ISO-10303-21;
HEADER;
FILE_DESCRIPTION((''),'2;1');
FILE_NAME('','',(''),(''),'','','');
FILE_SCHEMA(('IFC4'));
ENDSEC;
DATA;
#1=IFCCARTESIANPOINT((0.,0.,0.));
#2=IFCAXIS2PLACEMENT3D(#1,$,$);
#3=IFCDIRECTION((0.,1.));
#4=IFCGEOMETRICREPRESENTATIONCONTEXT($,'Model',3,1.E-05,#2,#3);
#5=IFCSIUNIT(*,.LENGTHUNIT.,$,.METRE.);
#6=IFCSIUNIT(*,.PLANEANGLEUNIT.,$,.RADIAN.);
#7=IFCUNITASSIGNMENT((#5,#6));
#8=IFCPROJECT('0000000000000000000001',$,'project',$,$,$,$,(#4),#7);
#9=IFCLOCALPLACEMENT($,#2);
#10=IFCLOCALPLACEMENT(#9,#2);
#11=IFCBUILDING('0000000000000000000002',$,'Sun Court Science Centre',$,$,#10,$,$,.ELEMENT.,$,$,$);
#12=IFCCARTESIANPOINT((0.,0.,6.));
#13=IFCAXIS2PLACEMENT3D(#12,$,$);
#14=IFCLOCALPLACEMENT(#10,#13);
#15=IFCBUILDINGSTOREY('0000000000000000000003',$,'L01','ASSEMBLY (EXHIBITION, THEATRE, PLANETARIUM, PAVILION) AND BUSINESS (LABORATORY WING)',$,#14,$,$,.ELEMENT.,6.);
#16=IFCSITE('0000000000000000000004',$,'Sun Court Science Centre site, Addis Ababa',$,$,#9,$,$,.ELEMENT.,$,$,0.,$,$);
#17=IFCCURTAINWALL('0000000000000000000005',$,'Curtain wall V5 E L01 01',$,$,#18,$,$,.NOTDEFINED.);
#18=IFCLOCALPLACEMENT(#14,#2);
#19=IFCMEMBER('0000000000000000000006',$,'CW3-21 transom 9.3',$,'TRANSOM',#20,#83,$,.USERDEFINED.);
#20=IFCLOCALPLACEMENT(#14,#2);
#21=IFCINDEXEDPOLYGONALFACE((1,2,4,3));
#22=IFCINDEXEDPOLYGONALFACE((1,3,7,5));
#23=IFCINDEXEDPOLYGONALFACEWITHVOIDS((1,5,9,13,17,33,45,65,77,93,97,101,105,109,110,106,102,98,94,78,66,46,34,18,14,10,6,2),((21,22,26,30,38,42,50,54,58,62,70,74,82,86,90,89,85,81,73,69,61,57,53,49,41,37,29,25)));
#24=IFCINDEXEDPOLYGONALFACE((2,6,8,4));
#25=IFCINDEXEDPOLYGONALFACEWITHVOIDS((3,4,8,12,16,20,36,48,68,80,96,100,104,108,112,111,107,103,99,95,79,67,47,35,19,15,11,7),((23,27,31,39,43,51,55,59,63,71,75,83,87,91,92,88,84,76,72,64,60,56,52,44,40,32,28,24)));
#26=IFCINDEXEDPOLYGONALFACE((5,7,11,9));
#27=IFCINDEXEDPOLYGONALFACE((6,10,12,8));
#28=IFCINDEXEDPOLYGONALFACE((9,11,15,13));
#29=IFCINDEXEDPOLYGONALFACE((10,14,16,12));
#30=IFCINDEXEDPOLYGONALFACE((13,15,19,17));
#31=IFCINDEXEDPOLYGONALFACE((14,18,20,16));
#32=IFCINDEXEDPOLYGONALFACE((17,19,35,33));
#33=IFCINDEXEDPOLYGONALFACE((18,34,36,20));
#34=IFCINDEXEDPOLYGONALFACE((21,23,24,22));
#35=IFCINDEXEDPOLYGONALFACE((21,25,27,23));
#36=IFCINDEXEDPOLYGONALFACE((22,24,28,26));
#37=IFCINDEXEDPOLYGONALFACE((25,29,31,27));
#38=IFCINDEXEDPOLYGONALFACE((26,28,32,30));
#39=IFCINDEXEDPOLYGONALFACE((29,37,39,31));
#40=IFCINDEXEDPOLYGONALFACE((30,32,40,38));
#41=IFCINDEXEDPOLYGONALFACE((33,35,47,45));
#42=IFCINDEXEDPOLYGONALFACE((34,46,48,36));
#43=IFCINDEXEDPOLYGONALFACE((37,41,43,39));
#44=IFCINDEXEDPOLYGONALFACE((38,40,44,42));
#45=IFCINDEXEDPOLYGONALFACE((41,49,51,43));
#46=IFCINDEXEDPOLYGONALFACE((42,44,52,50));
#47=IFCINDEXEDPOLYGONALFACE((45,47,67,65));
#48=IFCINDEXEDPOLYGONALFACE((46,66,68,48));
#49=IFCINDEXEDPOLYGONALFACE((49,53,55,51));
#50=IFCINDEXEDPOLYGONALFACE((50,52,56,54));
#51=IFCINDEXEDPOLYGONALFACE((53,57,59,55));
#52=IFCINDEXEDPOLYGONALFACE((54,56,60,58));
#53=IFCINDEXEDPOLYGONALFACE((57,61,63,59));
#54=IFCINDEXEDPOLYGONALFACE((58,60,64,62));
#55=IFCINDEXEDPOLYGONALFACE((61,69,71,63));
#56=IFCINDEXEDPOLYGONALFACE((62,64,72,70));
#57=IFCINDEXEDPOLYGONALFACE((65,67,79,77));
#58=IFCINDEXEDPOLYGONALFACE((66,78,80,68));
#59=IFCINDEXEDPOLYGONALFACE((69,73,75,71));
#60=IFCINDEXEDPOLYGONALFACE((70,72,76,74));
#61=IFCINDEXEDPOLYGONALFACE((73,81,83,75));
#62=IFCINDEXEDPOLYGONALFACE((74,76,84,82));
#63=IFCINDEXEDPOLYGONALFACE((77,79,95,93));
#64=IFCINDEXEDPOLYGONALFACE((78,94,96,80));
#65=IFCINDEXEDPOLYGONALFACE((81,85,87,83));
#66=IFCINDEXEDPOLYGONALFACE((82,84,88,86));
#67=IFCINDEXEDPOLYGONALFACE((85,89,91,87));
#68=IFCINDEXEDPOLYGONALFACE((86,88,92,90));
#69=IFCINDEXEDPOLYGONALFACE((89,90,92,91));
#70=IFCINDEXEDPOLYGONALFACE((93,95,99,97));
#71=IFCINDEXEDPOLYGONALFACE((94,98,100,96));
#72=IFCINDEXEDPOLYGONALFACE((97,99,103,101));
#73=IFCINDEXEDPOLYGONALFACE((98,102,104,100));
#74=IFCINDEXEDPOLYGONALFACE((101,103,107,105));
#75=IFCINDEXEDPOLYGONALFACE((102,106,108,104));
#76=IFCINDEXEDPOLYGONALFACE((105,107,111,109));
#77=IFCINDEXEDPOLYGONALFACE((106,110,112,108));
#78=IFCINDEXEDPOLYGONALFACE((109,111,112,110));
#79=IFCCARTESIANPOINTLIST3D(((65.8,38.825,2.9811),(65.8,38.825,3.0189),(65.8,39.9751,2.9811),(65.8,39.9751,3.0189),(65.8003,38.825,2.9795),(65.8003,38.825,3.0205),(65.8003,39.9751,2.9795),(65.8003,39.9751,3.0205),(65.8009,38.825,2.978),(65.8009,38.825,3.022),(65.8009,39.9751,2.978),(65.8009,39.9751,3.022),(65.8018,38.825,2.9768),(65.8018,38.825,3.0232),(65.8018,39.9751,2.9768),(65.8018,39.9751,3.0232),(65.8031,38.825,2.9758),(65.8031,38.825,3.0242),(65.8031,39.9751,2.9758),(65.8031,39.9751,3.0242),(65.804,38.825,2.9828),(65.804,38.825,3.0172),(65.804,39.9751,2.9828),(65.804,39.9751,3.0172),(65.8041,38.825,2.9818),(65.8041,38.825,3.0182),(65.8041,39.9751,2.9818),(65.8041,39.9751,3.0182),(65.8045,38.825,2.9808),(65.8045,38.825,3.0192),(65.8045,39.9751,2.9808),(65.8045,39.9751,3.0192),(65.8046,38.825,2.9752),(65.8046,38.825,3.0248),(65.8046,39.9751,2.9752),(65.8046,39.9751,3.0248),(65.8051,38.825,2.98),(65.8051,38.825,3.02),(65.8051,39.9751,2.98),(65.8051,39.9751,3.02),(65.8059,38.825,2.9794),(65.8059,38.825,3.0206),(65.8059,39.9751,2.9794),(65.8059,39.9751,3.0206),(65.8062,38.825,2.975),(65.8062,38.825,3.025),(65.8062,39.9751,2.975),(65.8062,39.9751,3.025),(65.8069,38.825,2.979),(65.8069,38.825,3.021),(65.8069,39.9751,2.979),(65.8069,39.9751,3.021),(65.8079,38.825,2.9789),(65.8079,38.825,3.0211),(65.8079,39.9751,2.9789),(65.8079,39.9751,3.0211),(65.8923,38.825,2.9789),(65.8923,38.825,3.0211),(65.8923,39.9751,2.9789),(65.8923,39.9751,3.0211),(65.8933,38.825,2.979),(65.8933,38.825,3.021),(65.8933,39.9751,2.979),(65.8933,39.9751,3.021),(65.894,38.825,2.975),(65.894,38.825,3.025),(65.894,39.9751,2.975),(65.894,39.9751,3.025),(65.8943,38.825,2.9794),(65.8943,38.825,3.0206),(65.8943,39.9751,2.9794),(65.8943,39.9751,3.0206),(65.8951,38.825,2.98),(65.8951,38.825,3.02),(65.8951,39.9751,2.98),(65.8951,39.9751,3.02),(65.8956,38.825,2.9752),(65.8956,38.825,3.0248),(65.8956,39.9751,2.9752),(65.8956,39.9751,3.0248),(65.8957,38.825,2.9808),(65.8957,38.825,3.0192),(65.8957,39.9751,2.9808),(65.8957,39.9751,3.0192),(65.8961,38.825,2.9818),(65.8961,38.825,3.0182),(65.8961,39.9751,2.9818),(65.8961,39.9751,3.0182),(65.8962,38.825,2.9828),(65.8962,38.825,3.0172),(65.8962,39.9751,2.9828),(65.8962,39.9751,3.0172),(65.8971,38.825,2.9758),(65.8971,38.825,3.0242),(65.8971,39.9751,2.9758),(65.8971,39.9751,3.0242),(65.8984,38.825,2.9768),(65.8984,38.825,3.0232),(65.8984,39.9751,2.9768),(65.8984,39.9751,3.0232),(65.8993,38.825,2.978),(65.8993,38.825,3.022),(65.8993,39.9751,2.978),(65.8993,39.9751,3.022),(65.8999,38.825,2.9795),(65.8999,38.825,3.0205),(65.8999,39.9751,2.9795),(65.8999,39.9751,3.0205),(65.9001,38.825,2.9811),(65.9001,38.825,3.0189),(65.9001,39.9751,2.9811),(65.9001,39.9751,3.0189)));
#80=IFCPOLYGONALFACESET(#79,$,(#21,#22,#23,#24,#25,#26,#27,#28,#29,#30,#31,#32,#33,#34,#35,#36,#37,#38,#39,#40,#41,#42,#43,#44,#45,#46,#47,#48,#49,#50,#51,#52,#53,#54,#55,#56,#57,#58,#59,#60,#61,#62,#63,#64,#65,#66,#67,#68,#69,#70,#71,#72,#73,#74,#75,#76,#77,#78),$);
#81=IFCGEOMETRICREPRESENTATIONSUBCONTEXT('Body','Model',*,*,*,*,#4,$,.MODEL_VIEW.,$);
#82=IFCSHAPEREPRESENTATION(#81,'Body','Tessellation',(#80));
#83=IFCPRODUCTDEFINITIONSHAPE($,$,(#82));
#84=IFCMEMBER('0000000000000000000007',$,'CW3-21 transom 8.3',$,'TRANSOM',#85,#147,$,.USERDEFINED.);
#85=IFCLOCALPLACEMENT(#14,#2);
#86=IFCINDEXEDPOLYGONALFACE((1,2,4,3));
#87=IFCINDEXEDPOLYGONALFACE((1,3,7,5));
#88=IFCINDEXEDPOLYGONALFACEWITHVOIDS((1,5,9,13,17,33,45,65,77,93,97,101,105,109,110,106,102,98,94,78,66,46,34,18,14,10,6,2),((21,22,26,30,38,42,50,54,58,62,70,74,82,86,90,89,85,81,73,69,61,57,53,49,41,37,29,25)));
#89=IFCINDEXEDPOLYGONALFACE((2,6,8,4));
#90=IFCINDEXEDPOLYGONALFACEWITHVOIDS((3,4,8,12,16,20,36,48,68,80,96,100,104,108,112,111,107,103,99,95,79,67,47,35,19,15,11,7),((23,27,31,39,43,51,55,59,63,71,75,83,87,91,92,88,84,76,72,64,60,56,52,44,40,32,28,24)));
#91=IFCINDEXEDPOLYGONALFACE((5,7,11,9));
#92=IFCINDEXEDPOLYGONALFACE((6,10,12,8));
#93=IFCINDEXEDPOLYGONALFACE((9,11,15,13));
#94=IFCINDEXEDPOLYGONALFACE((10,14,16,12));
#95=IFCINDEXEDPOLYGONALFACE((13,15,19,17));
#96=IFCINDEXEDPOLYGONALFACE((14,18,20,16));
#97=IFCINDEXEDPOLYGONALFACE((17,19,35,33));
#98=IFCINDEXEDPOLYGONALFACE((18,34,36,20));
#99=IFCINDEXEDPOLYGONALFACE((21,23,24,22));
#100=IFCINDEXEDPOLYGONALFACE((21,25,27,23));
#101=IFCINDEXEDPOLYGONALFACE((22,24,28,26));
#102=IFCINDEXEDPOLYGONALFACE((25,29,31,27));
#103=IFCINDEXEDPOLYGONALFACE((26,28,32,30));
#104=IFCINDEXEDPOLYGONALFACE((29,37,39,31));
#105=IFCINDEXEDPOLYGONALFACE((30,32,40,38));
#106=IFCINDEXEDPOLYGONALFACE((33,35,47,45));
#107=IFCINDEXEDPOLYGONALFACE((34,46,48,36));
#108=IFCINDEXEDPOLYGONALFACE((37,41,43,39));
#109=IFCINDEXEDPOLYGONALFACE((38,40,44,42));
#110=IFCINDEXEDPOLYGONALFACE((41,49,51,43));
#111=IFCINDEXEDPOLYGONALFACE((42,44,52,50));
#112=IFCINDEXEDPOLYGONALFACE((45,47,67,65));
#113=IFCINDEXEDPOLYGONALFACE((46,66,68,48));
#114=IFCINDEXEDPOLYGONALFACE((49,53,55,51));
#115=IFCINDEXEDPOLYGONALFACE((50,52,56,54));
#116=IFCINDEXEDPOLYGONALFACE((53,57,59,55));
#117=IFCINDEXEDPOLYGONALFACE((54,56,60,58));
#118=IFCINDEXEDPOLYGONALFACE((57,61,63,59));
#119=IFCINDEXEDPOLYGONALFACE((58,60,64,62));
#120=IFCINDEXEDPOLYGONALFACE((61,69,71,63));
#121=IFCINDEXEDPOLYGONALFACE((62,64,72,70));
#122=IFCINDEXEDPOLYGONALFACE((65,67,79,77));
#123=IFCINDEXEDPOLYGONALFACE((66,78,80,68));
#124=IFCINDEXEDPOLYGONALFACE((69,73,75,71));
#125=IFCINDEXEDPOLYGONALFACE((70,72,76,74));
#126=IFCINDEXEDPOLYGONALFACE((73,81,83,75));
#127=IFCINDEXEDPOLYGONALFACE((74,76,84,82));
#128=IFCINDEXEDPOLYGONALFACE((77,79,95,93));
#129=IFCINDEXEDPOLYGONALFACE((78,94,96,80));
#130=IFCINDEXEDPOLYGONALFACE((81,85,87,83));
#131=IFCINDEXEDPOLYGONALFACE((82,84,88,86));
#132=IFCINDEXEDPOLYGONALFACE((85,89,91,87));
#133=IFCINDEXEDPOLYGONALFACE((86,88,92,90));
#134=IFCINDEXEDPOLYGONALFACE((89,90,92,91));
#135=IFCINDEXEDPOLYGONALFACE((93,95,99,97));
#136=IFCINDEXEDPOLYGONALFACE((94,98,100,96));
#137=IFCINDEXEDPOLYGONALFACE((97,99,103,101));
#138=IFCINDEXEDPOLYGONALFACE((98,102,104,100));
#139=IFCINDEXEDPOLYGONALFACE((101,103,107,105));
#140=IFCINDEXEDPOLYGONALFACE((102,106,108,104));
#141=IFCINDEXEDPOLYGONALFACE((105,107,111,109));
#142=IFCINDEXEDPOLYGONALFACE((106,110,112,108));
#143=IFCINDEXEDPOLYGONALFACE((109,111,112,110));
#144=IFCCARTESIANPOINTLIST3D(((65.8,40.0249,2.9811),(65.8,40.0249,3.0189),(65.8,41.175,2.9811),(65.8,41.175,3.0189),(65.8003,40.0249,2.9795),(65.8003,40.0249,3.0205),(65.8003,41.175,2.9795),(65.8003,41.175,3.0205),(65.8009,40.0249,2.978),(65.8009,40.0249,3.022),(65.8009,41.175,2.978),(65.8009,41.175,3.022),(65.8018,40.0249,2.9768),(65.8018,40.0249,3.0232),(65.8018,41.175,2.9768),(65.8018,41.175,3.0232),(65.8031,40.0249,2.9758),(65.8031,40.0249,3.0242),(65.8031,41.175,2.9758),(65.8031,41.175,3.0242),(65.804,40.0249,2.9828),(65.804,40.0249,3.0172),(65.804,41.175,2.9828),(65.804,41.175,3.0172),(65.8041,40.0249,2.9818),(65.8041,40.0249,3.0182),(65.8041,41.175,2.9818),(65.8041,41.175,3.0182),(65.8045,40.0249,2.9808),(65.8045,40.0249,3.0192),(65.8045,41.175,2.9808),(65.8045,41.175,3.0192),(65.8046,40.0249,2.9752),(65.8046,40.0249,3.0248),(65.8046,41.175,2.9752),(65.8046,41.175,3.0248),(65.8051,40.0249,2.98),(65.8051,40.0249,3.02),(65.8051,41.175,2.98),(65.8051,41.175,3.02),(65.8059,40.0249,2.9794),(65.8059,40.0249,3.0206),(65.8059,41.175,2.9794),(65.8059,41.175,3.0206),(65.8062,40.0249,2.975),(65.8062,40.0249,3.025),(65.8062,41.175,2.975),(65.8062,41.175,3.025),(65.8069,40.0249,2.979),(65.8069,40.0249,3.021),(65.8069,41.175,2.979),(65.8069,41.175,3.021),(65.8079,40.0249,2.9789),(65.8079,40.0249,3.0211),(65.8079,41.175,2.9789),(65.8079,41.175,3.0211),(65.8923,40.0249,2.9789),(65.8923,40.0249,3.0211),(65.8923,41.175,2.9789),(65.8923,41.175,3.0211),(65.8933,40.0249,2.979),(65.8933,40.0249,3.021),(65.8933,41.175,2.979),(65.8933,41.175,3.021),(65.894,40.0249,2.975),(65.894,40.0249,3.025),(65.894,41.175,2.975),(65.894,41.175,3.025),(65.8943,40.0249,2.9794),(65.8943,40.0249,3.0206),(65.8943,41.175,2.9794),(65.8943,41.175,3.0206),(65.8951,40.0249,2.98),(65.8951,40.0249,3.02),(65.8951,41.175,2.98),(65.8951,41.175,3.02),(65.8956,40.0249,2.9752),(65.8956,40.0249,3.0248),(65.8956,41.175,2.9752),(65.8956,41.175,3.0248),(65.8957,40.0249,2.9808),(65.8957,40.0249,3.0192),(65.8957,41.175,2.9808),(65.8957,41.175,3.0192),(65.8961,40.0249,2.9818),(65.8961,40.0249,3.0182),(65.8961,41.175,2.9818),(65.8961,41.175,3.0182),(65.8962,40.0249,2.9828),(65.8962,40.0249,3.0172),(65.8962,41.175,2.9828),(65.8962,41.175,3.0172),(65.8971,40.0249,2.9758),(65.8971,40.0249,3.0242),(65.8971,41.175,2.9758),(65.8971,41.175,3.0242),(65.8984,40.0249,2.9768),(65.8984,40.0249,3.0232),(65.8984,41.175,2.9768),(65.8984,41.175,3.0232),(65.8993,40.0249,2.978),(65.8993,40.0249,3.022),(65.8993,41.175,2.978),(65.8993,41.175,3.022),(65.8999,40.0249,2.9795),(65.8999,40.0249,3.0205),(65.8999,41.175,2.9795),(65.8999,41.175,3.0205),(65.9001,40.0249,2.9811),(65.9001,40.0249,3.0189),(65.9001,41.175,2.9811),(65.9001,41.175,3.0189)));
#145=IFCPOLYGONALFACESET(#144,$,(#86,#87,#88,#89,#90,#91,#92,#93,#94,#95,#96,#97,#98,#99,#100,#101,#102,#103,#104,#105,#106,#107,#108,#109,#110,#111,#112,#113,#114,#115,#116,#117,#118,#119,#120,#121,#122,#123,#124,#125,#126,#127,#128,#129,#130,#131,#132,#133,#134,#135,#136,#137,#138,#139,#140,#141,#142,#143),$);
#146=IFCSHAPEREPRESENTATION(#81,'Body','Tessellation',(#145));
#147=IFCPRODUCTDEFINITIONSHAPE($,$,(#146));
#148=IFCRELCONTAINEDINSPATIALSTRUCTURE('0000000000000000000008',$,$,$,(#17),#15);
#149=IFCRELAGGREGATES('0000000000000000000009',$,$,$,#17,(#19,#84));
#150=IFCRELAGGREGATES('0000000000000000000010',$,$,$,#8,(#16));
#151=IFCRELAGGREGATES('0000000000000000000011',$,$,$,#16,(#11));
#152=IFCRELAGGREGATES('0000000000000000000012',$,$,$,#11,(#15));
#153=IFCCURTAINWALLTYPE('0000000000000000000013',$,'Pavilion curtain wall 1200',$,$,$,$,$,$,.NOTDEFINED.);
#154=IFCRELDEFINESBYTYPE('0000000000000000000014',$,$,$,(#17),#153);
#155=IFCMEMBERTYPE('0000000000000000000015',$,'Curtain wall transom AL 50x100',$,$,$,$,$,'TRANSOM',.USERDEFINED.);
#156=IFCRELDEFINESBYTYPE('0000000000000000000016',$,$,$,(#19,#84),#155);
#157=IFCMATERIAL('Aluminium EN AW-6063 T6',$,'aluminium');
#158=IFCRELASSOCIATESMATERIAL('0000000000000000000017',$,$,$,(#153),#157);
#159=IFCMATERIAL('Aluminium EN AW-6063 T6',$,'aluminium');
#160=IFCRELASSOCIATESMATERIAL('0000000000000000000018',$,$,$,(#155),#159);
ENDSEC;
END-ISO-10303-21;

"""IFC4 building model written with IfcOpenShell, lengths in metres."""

from ifc_helpers import new_model, si_unit, direction, frame, origin, origin_2d, place, context, subcontext, project, spatial, hollow_rectangle, extrude, material, material_profile, profile_set, type_object, element, aggregate, save


model = new_model("IFC4")

# Units and contexts
model_context = context("Model", 3, precision=1e-05, world=origin(), true_north=direction((0.0, 1.0)))
body_context = subcontext(model_context, "Body", "Model", "MODEL_VIEW")
ifc_project = project(units=[si_unit("LENGTHUNIT", "METRE"), si_unit("PLANEANGLEUNIT", "RADIAN")], contexts=[model_context])

# Site, building, storey
site_placement = place(None, origin())
site = spatial("IfcSite", under=ifc_project, at=site_placement, Name="Sun Court Science Centre site, Addis Ababa", CompositionType="ELEMENT", RefElevation=0.0)
building_placement = place(site_placement, origin())
building = spatial("IfcBuilding", under=site, at=building_placement, Name="Sun Court Science Centre", CompositionType="ELEMENT")
storey_placement = place(building_placement, frame((0.0, 0.0, 6.0)))
storey = spatial("IfcBuildingStorey", under=building, at=storey_placement, Name="L01", Description="ASSEMBLY (EXHIBITION, THEATRE, PLANETARIUM, PAVILION) AND BUSINESS (LABORATORY WING)", CompositionType="ELEMENT", Elevation=6.0)

# Curtain wall, members
ifc_material_1 = material(Name="Aluminium EN AW-6063 T6", Category="aluminium")
curtain_wall_type_1 = type_object("IfcCurtainWallType", Name="Pavilion curtain wall 1200", PredefinedType="NOTDEFINED", material=ifc_material_1)
curtain_wall_1_placement = place(storey_placement, origin())
curtain_wall_1 = element("IfcCurtainWall", 1, at=curtain_wall_1_placement, inside=storey, type_object=curtain_wall_type_1, Name="Curtain wall V5 E L01 01", PredefinedType="NOTDEFINED")
ifc_material_2 = material(Name="Aluminium EN AW-6063 T6", Category="aluminium")
ifc_material_profile_1 = material_profile(ifc_material_2, hollow_rectangle(XDim=0.05, YDim=0.1001, WallThickness=0.0039, InnerFilletRadius=0.0039, OuterFilletRadius=0.0061, at=origin_2d()), Name="AL 50x100x4")
ifc_profile_set_1 = profile_set([ifc_material_profile_1], Name="Aluminium EN AW-6063 T6")
member_type_1 = type_object("IfcMemberType", Name="Curtain wall transom AL 50x100", ElementType="TRANSOM", PredefinedType="USERDEFINED", material=ifc_profile_set_1)
member_1_placement = place(storey_placement, frame((65.8501, 39.9751, 3.0), z_axis=(0.0, -1.0, 0.0), x_axis=(0.0, 0.0, 1.0)))
member_1 = element("IfcMember", 2, at=member_1_placement, type_object=member_type_1, Name="CW3-21 transom 9.3", ObjectType="TRANSOM", PredefinedType="USERDEFINED", context=body_context, shape_type="SweptSolid", body=[
    extrude(hollow_rectangle(XDim=0.05, YDim=0.1001, WallThickness=0.0039, InnerFilletRadius=0.0039, OuterFilletRadius=0.0061, at=origin_2d()), origin(), (0.0, 0.0, 1.0), 1.1501),
])
member_2_placement = place(storey_placement, frame((65.8501, 41.175, 3.0), z_axis=(0.0, -1.0, 0.0), x_axis=(0.0, 0.0, 1.0)))
member_2 = element("IfcMember", 3, at=member_2_placement, type_object=member_type_1, Name="CW3-21 transom 8.3", ObjectType="TRANSOM", PredefinedType="USERDEFINED", context=body_context, shape_type="SweptSolid", body=[
    extrude(hollow_rectangle(XDim=0.05, YDim=0.1001, WallThickness=0.0039, InnerFilletRadius=0.0039, OuterFilletRadius=0.0061, at=origin_2d()), origin(), (0.0, 0.0, 1.0), 1.1501),
])

aggregate(curtain_wall_1, [member_1, member_2])

save(model, "model.ifc")
